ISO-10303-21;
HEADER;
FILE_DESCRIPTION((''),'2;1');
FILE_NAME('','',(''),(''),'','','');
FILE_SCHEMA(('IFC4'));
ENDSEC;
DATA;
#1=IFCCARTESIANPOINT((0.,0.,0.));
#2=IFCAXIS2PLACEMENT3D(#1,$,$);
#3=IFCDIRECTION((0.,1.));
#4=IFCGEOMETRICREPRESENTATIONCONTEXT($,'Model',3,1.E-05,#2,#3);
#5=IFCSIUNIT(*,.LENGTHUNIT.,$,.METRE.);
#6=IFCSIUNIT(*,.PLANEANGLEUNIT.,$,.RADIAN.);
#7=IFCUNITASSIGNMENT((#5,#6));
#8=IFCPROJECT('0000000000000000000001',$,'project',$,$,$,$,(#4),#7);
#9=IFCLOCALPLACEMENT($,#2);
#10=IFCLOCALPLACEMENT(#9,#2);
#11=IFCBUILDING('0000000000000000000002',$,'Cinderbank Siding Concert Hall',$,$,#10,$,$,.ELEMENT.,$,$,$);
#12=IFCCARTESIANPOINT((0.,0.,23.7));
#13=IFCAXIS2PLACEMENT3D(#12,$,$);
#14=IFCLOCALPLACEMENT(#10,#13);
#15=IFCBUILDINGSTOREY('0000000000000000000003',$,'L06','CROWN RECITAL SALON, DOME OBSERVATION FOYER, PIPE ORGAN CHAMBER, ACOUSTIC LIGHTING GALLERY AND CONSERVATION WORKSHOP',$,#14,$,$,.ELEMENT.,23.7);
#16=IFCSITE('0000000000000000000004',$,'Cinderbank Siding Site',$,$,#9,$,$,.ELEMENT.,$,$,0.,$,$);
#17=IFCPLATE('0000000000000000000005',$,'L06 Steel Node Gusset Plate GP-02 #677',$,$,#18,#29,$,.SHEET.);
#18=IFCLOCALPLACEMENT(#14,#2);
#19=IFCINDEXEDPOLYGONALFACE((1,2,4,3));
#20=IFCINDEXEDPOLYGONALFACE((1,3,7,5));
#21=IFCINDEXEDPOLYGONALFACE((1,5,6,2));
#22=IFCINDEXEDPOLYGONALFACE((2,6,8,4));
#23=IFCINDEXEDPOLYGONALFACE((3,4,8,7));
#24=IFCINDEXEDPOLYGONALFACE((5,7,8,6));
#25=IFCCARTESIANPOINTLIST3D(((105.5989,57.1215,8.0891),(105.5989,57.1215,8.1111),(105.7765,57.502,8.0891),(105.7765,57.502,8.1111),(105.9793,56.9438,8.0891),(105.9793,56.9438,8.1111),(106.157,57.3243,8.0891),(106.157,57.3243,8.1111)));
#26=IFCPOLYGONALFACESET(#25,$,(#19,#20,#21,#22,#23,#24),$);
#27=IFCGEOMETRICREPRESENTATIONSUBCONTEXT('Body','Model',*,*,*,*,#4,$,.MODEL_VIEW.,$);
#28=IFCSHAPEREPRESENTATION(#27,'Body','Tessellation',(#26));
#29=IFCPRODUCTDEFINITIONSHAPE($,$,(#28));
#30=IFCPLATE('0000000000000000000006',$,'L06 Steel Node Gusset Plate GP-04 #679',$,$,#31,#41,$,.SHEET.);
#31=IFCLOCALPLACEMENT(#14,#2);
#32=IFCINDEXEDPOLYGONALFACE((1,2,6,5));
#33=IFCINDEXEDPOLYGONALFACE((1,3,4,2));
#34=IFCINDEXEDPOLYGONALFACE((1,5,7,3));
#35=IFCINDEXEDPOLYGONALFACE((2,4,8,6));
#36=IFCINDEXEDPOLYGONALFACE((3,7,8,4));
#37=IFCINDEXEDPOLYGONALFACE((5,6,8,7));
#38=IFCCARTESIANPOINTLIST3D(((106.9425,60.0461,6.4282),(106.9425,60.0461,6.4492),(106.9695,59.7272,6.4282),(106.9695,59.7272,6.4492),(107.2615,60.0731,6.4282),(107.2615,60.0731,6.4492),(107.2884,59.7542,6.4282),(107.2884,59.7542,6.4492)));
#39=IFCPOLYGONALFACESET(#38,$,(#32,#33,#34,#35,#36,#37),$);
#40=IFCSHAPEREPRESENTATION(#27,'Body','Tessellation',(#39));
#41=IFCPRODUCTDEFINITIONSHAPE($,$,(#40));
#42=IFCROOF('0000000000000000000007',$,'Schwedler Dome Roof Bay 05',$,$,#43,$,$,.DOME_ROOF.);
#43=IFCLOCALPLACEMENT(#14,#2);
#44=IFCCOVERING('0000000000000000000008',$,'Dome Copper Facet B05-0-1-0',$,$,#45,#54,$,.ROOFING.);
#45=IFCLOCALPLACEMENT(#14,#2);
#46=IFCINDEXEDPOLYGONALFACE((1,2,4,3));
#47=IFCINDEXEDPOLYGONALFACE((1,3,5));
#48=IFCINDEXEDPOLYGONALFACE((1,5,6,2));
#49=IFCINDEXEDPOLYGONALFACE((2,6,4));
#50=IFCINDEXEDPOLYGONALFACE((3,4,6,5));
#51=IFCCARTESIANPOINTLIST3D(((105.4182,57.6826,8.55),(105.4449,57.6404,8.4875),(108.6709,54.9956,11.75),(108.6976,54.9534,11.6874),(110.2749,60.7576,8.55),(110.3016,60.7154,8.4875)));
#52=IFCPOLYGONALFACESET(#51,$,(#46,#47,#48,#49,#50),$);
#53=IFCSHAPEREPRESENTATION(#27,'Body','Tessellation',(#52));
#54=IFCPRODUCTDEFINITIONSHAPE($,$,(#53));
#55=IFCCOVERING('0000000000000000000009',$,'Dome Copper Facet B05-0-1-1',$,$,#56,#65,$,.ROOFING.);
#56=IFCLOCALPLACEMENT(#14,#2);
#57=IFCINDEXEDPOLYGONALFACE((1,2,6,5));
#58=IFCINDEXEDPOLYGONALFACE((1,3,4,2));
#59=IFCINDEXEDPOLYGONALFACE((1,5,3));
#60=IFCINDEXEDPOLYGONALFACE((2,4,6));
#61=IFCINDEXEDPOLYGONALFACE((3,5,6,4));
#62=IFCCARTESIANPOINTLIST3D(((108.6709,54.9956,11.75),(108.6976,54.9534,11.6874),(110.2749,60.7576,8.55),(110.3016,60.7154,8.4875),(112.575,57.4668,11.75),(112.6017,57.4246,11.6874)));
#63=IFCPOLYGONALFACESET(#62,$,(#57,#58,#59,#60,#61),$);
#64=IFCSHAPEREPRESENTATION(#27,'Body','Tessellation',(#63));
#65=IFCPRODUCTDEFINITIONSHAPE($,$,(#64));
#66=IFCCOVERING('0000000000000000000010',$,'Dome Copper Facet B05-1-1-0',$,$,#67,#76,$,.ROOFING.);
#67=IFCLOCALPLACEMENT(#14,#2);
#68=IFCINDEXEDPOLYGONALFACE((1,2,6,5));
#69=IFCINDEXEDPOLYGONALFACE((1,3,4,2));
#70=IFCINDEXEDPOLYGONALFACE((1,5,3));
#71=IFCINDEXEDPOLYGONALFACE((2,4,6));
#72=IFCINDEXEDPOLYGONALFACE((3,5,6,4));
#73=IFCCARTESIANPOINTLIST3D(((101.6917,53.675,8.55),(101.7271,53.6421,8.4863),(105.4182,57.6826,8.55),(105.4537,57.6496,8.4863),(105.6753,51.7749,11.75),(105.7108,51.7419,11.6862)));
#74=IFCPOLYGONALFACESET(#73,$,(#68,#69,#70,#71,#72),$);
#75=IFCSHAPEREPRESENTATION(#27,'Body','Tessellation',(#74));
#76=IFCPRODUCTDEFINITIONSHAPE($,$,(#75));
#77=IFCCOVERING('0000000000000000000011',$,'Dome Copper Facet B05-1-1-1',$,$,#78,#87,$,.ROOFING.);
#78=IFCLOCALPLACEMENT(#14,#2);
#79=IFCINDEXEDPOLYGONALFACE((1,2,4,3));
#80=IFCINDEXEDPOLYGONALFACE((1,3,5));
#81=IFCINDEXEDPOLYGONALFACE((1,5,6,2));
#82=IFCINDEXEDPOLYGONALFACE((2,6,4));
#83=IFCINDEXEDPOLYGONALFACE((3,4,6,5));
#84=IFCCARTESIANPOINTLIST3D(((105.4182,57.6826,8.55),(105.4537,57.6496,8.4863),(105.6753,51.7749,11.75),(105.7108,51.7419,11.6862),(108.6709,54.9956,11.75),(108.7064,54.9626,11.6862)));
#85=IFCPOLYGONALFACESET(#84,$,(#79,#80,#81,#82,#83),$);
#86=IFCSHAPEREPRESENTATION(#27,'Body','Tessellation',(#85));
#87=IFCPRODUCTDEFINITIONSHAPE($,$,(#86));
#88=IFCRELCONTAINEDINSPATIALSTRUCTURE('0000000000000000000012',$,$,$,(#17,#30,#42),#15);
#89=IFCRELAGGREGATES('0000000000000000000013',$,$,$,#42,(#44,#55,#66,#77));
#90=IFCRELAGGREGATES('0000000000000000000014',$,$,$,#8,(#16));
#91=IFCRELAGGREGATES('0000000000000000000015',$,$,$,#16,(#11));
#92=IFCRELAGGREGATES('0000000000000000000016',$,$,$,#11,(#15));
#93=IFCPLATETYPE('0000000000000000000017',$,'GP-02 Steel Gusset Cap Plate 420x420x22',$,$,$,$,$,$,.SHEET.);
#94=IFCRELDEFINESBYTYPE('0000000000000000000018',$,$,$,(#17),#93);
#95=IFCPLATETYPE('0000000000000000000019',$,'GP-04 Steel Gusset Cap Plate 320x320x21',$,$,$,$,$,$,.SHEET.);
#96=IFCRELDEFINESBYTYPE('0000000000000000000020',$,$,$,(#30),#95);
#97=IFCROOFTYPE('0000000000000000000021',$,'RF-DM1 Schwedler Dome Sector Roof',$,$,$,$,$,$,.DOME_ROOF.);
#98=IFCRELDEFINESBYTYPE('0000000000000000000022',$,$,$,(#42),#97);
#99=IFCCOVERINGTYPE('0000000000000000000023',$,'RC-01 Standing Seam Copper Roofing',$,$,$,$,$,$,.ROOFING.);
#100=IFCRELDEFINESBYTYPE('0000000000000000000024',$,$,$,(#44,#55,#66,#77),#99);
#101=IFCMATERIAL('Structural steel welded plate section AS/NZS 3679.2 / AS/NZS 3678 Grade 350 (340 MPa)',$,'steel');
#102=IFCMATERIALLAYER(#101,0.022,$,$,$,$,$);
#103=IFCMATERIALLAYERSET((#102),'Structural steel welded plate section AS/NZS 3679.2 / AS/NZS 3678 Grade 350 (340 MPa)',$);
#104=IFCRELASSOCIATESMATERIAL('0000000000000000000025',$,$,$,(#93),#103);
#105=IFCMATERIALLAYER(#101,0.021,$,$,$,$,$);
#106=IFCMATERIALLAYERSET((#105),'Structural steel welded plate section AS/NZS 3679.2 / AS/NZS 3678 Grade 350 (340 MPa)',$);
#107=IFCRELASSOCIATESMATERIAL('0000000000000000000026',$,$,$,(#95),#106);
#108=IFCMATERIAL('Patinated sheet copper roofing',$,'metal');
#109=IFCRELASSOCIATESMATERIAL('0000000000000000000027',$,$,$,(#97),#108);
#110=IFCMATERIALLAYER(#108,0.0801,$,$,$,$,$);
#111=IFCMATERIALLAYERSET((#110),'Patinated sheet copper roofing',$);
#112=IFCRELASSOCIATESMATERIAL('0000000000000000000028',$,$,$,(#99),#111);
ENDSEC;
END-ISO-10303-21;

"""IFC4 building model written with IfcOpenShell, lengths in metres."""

from ifc_helpers import new_model, si_unit, direction, frame, origin, origin_2d, place, context, subcontext, project, spatial, polyline, rectangle, outline, extrude, material, layer, layer_set, type_object, element, aggregate, save


model = new_model("IFC4")

# Units and contexts
model_context = context("Model", 3, precision=1e-05, world=origin(), true_north=direction((0.0, 1.0)))
body_context = subcontext(model_context, "Body", "Model", "MODEL_VIEW")
ifc_project = project(units=[si_unit("LENGTHUNIT", "METRE"), si_unit("PLANEANGLEUNIT", "RADIAN")], contexts=[model_context])

# Site, building, storey
site_placement = place(None, origin())
site = spatial("IfcSite", under=ifc_project, at=site_placement, Name="Cinderbank Siding Site", CompositionType="ELEMENT", RefElevation=0.0)
building_placement = place(site_placement, origin())
building = spatial("IfcBuilding", under=site, at=building_placement, Name="Cinderbank Siding Concert Hall", CompositionType="ELEMENT")
storey_placement = place(building_placement, frame((0.0, 0.0, 23.7)))
storey = spatial("IfcBuildingStorey", under=building, at=storey_placement, Name="L06", Description="CROWN RECITAL SALON, DOME OBSERVATION FOYER, PIPE ORGAN CHAMBER, ACOUSTIC LIGHTING GALLERY AND CONSERVATION WORKSHOP", CompositionType="ELEMENT", Elevation=23.7)

# Shared definitions
ifc_material_1 = material(Name="Structural steel welded plate section AS/NZS 3679.2 / AS/NZS 3678 Grade 350 (340 MPa)", Category="steel")

# Plates
ifc_layer_1 = layer(ifc_material_1, 0.022)
ifc_layer_set_1 = layer_set([ifc_layer_1], Name="Structural steel welded plate section AS/NZS 3679.2 / AS/NZS 3678 Grade 350 (340 MPa)")
plate_type_1 = type_object("IfcPlateType", Name="GP-02 Steel Gusset Cap Plate 420x420x22", PredefinedType="SHEET", material=ifc_layer_set_1)
plate_1_placement = place(storey_placement, frame((105.8779, 57.2229, 8.0891), z_axis=(0.0, 0.0, 1.0), x_axis=(-0.423093, -0.906086, 0.0)))
element("IfcPlate", 1, at=plate_1_placement, inside=storey, type_object=plate_type_1, Name="L06 Steel Node Gusset Plate GP-02 #677", PredefinedType="SHEET", context=body_context, shape_type="SweptSolid", body=[
    extrude(rectangle(XDim=0.4199, YDim=0.4199, at=origin_2d()), origin(), (0.0, 0.0, 1.0), 0.022),
])
ifc_layer_2 = layer(ifc_material_1, 0.021)
ifc_layer_set_2 = layer_set([ifc_layer_2], Name="Structural steel welded plate section AS/NZS 3679.2 / AS/NZS 3678 Grade 350 (340 MPa)")
plate_type_2 = type_object("IfcPlateType", Name="GP-04 Steel Gusset Cap Plate 320x320x21", PredefinedType="SHEET", material=ifc_layer_set_2)
plate_2_placement = place(storey_placement, frame((107.1155, 59.9001, 6.4282), z_axis=(0.0, 0.0, 1.0), x_axis=(0.996449, 0.0842, 0.0)))
element("IfcPlate", 2, at=plate_2_placement, inside=storey, type_object=plate_type_2, Name="L06 Steel Node Gusset Plate GP-04 #679", PredefinedType="SHEET", context=body_context, shape_type="SweptSolid", body=[
    extrude(rectangle(XDim=0.3201, YDim=0.3201, at=origin_2d()), origin(), (0.0, 0.0, 1.0), 0.021),
])

# Roof, coverings
ifc_material_2 = material(Name="Patinated sheet copper roofing", Category="metal")
roof_type = type_object("IfcRoofType", Name="RF-DM1 Schwedler Dome Sector Roof", PredefinedType="DOME_ROOF", material=ifc_material_2)
roof_placement = place(storey_placement, origin())
roof = element("IfcRoof", 3, at=roof_placement, inside=storey, type_object=roof_type, Name="Schwedler Dome Roof Bay 05", PredefinedType="DOME_ROOF")
ifc_layer_3 = layer(ifc_material_2, 0.0801)
ifc_layer_set_3 = layer_set([ifc_layer_3], Name="Patinated sheet copper roofing")
covering_type = type_object("IfcCoveringType", Name="RC-01 Standing Seam Copper Roofing", PredefinedType="ROOFING", material=ifc_layer_set_3)
covering_1_placement = place(storey_placement, frame((110.2749, 60.7576, 8.55), z_axis=(-0.333648, 0.526975, 0.78165), x_axis=(-0.844894, -0.534934, 0.0)))
covering_1 = element("IfcCovering", 4, at=covering_1_placement, type_object=covering_type, Name="Dome Copper Facet B05-0-1-0", PredefinedType="ROOFING", context=body_context, shape_type="SweptSolid", body=[
    extrude(outline(polyline([(0.0, 0.0), (5.7483, 0.0), (4.4375, 5.1304), (0.0, 0.0)])), origin(), (0.0, 0.0, -1.0), 0.0801),
])
covering_2_placement = place(storey_placement, frame((110.2749, 60.7576, 8.55), z_axis=(-0.333564, 0.526973, 0.781687), x_axis=(-0.236465, -0.849438, 0.471742)))
covering_2 = element("IfcCovering", 5, at=covering_2_placement, type_object=covering_type, Name="Dome Copper Facet B05-0-1-1", PredefinedType="ROOFING", context=body_context, shape_type="SweptSolid", body=[
    extrude(outline(polyline([(0.0, 0.0), (6.7833, 0.0), (3.761, 3.4949), (0.0, 0.0)])), origin(), (0.0, 0.0, -1.0), 0.0801),
])
covering_3_placement = place(storey_placement, frame((105.4182, 57.6826, 8.55), z_axis=(-0.443061, 0.411994, 0.796214), x_axis=(-0.680966, -0.732315, 0.0)))
covering_3 = element("IfcCovering", 6, at=covering_3_placement, type_object=covering_type, Name="Dome Copper Facet B05-1-1-0", PredefinedType="ROOFING", context=body_context, shape_type="SweptSolid", body=[
    extrude(outline(polyline([(0.0, 0.0), (5.4725, 0.0), (4.1512, 5.289), (0.0, 0.0)])), origin(), (0.0, 0.0, -1.0), 0.0801),
])
covering_4_placement = place(storey_placement, frame((105.4182, 57.6826, 8.55), z_axis=(-0.442977, 0.412017, 0.79625), x_axis=(0.038235, -0.878653, 0.475928)))
covering_4 = element("IfcCovering", 7, at=covering_4_placement, type_object=covering_type, Name="Dome Copper Facet B05-1-1-1", PredefinedType="ROOFING", context=body_context, shape_type="SweptSolid", body=[
    extrude(outline(polyline([(0.0, 0.0), (6.7236, 0.0), (4.0083, 3.4603), (0.0, 0.0)])), origin(), (0.0, 0.0, -1.0), 0.0801),
])
aggregate(roof, [covering_1, covering_2, covering_3, covering_4])

save(model, "model.ifc")
